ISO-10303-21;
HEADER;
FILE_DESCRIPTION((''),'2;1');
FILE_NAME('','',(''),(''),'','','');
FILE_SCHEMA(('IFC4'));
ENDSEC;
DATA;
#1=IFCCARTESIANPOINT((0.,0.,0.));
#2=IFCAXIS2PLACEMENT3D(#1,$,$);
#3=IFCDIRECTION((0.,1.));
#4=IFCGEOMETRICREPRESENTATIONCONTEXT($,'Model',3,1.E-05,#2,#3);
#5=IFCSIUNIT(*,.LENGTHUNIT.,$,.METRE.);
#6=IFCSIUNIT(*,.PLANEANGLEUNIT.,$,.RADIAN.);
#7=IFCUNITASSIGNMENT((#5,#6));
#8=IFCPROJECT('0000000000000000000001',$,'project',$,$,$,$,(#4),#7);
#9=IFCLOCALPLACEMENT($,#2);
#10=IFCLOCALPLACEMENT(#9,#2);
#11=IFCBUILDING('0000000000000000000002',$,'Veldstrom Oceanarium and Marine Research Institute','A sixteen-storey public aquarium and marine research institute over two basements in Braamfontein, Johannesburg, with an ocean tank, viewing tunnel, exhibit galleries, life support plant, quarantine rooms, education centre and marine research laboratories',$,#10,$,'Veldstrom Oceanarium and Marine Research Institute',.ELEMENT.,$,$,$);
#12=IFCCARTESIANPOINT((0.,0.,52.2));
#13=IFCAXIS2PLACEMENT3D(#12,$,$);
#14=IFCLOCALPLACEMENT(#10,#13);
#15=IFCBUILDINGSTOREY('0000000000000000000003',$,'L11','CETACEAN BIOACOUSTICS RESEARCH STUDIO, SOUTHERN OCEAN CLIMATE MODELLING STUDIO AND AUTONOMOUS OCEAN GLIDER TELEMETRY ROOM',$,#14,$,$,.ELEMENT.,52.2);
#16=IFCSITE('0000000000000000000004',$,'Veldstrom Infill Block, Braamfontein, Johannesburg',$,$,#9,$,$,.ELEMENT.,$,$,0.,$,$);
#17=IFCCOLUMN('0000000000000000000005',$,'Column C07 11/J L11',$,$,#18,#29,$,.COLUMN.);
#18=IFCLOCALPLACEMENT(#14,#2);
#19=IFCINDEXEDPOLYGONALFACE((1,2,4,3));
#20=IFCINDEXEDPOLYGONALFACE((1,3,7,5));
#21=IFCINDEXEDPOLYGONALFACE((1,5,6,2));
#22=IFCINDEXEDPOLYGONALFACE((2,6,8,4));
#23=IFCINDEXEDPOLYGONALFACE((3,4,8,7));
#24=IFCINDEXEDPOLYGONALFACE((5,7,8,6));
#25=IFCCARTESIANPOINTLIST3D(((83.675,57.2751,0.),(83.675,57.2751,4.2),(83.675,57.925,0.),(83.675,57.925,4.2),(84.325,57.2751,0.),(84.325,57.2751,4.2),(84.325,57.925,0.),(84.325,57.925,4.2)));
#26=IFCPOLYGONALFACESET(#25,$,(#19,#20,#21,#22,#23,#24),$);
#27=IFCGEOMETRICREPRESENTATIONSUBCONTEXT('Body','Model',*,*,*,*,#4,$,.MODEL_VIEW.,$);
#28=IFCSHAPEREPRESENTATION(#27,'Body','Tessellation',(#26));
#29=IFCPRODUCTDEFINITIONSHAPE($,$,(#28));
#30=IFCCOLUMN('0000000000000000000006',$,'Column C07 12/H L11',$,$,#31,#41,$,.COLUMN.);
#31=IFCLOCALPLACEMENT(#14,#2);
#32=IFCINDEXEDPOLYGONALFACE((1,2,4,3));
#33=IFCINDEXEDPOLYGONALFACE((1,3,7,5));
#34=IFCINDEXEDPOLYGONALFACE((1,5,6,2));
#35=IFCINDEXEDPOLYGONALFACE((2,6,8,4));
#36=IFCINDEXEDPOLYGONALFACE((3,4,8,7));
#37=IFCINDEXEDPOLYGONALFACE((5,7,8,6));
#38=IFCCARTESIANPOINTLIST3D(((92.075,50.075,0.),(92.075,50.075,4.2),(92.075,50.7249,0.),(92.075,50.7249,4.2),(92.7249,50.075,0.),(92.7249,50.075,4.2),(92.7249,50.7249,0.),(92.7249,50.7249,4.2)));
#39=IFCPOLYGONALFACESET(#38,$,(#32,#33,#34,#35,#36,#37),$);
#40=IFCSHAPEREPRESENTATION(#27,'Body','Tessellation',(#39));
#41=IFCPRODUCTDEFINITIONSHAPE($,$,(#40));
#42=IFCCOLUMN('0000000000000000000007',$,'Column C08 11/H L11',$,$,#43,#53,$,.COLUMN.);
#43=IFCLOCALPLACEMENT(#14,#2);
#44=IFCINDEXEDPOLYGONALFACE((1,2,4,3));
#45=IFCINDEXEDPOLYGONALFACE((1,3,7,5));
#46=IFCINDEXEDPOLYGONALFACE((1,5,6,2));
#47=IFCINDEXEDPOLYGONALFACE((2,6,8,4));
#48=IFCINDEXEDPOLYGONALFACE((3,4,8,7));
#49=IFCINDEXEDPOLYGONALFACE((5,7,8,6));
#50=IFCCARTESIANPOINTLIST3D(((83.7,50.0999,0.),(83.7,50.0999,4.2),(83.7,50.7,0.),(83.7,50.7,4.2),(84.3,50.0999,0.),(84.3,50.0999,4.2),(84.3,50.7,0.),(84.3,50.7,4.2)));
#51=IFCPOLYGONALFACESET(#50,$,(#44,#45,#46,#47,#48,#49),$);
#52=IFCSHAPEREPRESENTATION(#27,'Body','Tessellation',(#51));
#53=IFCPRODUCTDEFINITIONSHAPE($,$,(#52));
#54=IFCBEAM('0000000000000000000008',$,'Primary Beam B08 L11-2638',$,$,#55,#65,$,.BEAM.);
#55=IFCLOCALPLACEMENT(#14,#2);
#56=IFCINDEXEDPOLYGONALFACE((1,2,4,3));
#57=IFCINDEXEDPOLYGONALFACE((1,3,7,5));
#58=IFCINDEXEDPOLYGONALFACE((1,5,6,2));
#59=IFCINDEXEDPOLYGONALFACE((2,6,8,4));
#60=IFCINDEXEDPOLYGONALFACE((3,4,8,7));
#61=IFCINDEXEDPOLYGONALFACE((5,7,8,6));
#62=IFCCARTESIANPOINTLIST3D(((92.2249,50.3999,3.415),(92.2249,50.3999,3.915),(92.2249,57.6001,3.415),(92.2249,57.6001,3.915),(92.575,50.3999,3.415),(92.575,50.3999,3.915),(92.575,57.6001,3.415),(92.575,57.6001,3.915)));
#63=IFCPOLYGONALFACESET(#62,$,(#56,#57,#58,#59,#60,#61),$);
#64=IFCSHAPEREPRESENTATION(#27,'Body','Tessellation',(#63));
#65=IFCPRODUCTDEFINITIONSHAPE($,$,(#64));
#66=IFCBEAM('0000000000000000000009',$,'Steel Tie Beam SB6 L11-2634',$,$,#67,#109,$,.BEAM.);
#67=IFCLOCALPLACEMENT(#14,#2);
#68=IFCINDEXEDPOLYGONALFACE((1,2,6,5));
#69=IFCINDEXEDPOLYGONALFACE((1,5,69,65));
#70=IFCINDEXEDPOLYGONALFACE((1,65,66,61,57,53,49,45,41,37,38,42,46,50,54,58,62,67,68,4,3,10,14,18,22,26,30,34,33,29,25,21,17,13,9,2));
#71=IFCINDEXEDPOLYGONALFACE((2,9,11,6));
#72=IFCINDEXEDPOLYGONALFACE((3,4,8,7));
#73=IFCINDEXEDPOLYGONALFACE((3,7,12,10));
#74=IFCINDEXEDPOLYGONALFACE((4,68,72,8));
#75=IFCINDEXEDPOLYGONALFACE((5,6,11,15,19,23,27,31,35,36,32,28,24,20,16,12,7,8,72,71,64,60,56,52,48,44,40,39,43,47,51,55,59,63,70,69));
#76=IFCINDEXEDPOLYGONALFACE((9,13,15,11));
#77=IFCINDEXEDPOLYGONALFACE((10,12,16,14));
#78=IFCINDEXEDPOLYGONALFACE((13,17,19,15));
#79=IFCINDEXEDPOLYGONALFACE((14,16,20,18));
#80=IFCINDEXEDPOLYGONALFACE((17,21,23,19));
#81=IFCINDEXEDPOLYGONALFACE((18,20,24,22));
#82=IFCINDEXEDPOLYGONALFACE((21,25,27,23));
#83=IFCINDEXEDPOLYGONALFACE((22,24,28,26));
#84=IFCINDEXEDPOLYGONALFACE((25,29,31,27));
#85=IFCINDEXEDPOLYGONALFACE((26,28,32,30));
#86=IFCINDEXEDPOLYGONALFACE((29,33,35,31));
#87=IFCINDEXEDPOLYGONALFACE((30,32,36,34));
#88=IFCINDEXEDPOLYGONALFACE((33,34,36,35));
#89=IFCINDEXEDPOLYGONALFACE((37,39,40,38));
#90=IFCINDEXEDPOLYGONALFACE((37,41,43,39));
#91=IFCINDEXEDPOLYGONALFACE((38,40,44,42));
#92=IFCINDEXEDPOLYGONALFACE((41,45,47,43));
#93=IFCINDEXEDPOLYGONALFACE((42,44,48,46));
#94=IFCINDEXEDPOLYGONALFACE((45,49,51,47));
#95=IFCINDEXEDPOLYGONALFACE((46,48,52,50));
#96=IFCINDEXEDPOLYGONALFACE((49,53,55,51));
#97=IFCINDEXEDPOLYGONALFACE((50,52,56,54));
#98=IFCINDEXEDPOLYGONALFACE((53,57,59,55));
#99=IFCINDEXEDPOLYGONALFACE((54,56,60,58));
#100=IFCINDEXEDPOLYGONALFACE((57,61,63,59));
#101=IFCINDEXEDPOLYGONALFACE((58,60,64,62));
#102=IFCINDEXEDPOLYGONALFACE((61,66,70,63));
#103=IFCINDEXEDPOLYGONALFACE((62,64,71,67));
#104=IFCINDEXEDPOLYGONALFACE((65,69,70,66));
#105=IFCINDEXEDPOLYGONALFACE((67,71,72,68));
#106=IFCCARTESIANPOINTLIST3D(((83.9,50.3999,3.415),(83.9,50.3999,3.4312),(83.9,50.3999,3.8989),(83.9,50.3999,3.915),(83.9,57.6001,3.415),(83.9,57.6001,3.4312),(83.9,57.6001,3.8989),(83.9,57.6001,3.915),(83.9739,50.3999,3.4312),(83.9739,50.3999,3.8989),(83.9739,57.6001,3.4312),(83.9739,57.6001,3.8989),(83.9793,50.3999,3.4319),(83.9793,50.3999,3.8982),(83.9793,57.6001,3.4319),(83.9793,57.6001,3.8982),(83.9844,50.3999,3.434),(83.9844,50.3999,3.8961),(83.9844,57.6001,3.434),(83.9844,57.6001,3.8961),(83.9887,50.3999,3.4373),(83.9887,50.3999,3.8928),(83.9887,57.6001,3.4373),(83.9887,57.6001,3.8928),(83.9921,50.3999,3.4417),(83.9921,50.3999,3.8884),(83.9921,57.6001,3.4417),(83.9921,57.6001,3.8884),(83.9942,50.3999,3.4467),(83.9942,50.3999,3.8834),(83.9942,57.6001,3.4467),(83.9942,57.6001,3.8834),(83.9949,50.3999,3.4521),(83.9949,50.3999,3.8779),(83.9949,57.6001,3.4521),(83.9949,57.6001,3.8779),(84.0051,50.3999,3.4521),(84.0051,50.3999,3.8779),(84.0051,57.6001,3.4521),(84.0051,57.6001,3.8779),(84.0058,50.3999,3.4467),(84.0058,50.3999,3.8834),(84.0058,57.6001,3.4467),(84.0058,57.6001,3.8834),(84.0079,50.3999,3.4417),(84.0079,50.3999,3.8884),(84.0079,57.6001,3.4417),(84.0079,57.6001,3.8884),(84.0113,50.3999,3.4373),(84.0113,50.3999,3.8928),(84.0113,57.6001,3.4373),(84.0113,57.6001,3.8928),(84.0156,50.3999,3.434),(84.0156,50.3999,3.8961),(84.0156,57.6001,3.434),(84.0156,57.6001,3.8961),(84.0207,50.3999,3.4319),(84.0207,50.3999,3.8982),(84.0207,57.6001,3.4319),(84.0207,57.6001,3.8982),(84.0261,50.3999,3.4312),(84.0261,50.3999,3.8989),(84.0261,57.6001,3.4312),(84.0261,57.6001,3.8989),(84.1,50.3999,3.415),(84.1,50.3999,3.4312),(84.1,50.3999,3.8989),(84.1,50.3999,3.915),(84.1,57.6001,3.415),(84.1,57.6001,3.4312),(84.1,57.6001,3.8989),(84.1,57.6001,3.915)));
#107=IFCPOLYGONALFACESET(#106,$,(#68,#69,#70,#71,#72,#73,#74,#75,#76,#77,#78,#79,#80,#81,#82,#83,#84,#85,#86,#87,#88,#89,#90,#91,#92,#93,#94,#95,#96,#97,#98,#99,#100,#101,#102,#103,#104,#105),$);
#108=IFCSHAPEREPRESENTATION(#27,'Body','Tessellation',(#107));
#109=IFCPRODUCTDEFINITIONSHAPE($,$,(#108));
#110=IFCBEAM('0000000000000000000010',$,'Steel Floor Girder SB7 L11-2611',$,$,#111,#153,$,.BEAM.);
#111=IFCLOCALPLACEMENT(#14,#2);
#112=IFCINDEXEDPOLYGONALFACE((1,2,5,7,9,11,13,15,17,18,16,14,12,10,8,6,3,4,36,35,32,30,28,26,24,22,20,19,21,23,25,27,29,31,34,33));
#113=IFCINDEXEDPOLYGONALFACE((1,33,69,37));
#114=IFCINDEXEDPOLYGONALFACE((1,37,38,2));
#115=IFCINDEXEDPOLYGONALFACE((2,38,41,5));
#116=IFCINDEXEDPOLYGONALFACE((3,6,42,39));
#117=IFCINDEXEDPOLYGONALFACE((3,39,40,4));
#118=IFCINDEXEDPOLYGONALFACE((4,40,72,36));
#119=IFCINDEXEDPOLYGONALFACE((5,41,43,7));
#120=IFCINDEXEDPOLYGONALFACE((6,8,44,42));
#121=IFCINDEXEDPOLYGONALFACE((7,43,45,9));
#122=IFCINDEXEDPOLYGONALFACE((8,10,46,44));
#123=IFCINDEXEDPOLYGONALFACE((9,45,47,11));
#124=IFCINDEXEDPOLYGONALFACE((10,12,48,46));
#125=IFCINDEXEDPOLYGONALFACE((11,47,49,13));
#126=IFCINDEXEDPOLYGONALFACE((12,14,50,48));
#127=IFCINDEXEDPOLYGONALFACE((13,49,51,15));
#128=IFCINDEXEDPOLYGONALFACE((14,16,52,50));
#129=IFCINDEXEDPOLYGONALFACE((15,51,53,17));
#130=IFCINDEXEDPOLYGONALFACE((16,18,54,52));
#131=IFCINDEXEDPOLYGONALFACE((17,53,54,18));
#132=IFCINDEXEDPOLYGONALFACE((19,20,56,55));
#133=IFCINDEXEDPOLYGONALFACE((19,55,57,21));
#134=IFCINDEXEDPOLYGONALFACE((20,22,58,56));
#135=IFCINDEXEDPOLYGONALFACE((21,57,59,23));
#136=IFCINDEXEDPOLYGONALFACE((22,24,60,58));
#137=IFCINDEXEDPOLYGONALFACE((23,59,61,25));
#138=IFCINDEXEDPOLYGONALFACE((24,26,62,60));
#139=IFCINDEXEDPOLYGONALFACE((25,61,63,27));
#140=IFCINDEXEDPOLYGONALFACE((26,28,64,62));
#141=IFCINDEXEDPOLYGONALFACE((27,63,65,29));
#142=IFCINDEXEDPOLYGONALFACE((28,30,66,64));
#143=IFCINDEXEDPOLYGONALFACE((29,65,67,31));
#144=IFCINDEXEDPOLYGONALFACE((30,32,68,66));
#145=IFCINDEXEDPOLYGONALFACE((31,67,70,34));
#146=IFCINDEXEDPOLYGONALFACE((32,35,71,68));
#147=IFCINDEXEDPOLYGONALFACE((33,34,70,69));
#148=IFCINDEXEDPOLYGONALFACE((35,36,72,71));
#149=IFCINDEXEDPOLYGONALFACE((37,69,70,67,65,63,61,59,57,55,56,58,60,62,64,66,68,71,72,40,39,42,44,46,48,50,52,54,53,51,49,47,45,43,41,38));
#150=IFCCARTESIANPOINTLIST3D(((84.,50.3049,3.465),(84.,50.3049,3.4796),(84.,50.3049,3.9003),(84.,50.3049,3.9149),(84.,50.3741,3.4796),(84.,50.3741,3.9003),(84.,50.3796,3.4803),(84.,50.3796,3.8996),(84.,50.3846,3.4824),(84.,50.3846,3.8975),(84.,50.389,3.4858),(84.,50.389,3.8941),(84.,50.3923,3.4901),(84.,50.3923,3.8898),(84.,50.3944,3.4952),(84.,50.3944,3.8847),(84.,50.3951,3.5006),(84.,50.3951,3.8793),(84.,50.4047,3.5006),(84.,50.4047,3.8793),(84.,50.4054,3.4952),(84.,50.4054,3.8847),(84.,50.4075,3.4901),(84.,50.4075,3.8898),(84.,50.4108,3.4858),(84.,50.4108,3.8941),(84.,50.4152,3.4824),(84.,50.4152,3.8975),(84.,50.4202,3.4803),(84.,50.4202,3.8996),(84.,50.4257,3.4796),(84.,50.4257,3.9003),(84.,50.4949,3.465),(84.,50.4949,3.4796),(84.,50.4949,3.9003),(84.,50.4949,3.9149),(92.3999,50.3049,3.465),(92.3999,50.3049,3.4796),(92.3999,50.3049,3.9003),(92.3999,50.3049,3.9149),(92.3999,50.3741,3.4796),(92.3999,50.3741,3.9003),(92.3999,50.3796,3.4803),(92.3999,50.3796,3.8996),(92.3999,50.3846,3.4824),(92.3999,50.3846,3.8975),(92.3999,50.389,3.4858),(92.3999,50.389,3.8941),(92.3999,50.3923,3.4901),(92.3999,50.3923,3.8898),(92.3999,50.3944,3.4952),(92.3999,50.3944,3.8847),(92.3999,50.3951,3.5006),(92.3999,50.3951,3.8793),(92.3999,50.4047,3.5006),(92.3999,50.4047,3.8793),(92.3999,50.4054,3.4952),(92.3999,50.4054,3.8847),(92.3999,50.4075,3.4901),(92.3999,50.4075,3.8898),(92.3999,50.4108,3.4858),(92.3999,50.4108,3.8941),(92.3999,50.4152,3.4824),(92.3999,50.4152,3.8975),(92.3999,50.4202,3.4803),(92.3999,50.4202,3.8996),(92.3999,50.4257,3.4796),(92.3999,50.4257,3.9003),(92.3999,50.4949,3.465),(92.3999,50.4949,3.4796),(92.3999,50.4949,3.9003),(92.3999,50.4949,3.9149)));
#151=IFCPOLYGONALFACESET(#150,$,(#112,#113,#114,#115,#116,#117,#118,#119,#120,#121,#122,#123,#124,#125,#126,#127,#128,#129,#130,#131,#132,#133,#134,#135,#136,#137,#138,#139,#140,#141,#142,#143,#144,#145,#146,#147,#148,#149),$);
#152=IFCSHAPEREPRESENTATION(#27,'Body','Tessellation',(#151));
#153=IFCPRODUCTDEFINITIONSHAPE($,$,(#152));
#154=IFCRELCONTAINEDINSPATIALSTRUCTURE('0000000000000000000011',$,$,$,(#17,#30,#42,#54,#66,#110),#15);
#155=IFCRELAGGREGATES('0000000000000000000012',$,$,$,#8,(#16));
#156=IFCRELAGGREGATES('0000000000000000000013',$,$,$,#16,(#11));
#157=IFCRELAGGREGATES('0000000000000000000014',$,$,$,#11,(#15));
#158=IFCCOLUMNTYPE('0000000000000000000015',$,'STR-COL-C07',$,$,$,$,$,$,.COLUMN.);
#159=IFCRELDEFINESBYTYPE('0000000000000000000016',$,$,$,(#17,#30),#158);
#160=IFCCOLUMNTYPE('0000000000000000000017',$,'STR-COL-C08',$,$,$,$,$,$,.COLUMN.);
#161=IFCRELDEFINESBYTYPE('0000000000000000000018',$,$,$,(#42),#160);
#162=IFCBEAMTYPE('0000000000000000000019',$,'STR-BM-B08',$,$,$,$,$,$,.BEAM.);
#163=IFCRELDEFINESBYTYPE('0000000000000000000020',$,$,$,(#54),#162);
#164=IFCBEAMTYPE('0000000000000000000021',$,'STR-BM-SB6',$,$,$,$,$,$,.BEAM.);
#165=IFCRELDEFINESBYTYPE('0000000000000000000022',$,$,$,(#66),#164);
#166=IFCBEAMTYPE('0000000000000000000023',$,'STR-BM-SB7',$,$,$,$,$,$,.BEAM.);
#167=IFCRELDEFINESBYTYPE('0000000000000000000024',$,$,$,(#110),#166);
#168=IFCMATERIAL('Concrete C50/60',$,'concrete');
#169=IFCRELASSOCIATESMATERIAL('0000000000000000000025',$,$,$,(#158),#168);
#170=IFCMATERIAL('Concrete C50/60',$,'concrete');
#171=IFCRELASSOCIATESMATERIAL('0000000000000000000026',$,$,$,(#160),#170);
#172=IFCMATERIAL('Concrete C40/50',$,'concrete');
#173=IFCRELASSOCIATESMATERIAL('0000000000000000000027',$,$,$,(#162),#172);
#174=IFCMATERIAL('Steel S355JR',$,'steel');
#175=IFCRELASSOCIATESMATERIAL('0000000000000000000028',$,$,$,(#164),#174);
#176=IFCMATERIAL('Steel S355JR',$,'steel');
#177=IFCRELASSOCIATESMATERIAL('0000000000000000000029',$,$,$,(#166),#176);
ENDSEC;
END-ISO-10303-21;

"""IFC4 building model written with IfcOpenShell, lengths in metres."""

from ifc_helpers import new_model, si_unit, direction, frame, origin, origin_2d, place, context, subcontext, project, spatial, rectangle, i_section, extrude, material, material_profile, profile_set, type_object, element, save


model = new_model("IFC4")

# Units and contexts
model_context = context("Model", 3, precision=1e-05, world=origin(), true_north=direction((0.0, 1.0)))
body_context = subcontext(model_context, "Body", "Model", "MODEL_VIEW")
ifc_project = project(units=[si_unit("LENGTHUNIT", "METRE"), si_unit("PLANEANGLEUNIT", "RADIAN")], contexts=[model_context])

# Site, building, storey
site_placement = place(None, origin())
site = spatial("IfcSite", under=ifc_project, at=site_placement, Name="Veldstrom Infill Block, Braamfontein, Johannesburg", CompositionType="ELEMENT", RefElevation=0.0)
building_placement = place(site_placement, origin())
building = spatial("IfcBuilding", under=site, at=building_placement, Name="Veldstrom Oceanarium and Marine Research Institute", Description="A sixteen-storey public aquarium and marine research institute over two basements in Braamfontein, Johannesburg, with an ocean tank, viewing tunnel, exhibit galleries, life support plant, quarantine rooms, education centre and marine research laboratories", LongName="Veldstrom Oceanarium and Marine Research Institute", CompositionType="ELEMENT")
storey_placement = place(building_placement, frame((0.0, 0.0, 52.2)))
storey = spatial("IfcBuildingStorey", under=building, at=storey_placement, Name="L11", Description="CETACEAN BIOACOUSTICS RESEARCH STUDIO, SOUTHERN OCEAN CLIMATE MODELLING STUDIO AND AUTONOMOUS OCEAN GLIDER TELEMETRY ROOM", CompositionType="ELEMENT", Elevation=52.2)

# Columns
ifc_material_1 = material(Name="Concrete C50/60", Category="concrete")
ifc_material_profile_1 = material_profile(ifc_material_1, rectangle(XDim=0.6499, YDim=0.6499, at=origin_2d()), Name="RC-COL-650x650")
ifc_profile_set_1 = profile_set([ifc_material_profile_1], Name="Concrete C50/60")
column_type_1 = type_object("IfcColumnType", Name="STR-COL-C07", PredefinedType="COLUMN", material=ifc_profile_set_1)
for number, where, z_axis, x_axis, name in (
    (1, (84.0, 57.6001, 0.0), (0.0, 0.0, 1.0), (1.0, 0.0, 0.0), "Column C07 11/J L11"),
    (2, (92.3999, 50.3999, 0.0), (0.0, 0.0, 1.0), (1.0, 0.0, 0.0), "Column C07 12/H L11"),
):
    element("IfcColumn", number, at=place(storey_placement, frame(where, z_axis=z_axis, x_axis=x_axis)), inside=storey, type_object=column_type_1, Name=name, PredefinedType="COLUMN", context=body_context, shape_type="SweptSolid", body=[
        extrude(rectangle(XDim=0.6499, YDim=0.6499, at=origin_2d()), origin(), (0.0, 0.0, 1.0), 4.2),
    ])
ifc_material_2 = material(Name="Concrete C50/60", Category="concrete")
ifc_material_profile_2 = material_profile(ifc_material_2, rectangle(XDim=0.6001, YDim=0.6001, at=origin_2d()), Name="RC-COL-600x600")
ifc_profile_set_2 = profile_set([ifc_material_profile_2], Name="Concrete C50/60")
column_type_2 = type_object("IfcColumnType", Name="STR-COL-C08", PredefinedType="COLUMN", material=ifc_profile_set_2)
column_placement = place(storey_placement, frame((84.0, 50.3999, 0.0), z_axis=(0.0, 0.0, 1.0), x_axis=(1.0, 0.0, 0.0)))
element("IfcColumn", 3, at=column_placement, inside=storey, type_object=column_type_2, Name="Column C08 11/H L11", PredefinedType="COLUMN", context=body_context, shape_type="SweptSolid", body=[
    extrude(rectangle(XDim=0.6001, YDim=0.6001, at=origin_2d()), origin(), (0.0, 0.0, 1.0), 4.2),
])

# Beams
ifc_material_3 = material(Name="Concrete C40/50", Category="concrete")
ifc_material_profile_3 = material_profile(ifc_material_3, rectangle(XDim=0.3501, YDim=0.5, at=origin_2d()), Name="RC-BM-350x500")
ifc_profile_set_3 = profile_set([ifc_material_profile_3], Name="Concrete C40/50")
beam_type_1 = type_object("IfcBeamType", Name="STR-BM-B08", PredefinedType="BEAM", material=ifc_profile_set_3)
beam_1_placement = place(storey_placement, frame((92.3999, 50.3999, 3.665), z_axis=(0.0, 1.0, 0.0), x_axis=(-1.0, 0.0, 0.0)))
element("IfcBeam", 4, at=beam_1_placement, inside=storey, type_object=beam_type_1, Name="Primary Beam B08 L11-2638", PredefinedType="BEAM", context=body_context, shape_type="SweptSolid", body=[
    extrude(rectangle(XDim=0.3501, YDim=0.5, at=origin_2d()), origin(), (0.0, 0.0, 1.0), 7.2002),
])
ifc_material_4 = material(Name="Steel S355JR", Category="steel")
ifc_material_profile_4 = material_profile(ifc_material_4, i_section(OverallWidth=0.2, OverallDepth=0.5, WebThickness=0.0103, FlangeThickness=0.0161, FilletRadius=0.021, at=origin_2d()), Name="IPE 500")
ifc_profile_set_4 = profile_set([ifc_material_profile_4], Name="Steel S355JR")
beam_type_2 = type_object("IfcBeamType", Name="STR-BM-SB6", PredefinedType="BEAM", material=ifc_profile_set_4)
beam_2_placement = place(storey_placement, frame((84.0, 50.3999, 3.665), z_axis=(0.0, 1.0, 0.0), x_axis=(-1.0, 0.0, 0.0)))
element("IfcBeam", 5, at=beam_2_placement, inside=storey, type_object=beam_type_2, Name="Steel Tie Beam SB6 L11-2634", PredefinedType="BEAM", context=body_context, shape_type="SweptSolid", body=[
    extrude(i_section(OverallWidth=0.2, OverallDepth=0.5, WebThickness=0.0103, FlangeThickness=0.0161, FilletRadius=0.021, at=origin_2d()), origin(), (0.0, 0.0, 1.0), 7.2002),
])
ifc_material_5 = material(Name="Steel S355JR", Category="steel")
ifc_material_profile_5 = material_profile(ifc_material_5, i_section(OverallWidth=0.1899, OverallDepth=0.45, WebThickness=0.0095, FlangeThickness=0.0146, FilletRadius=0.021, at=origin_2d()), Name="IPE 450")
ifc_profile_set_5 = profile_set([ifc_material_profile_5], Name="Steel S355JR")
beam_type_3 = type_object("IfcBeamType", Name="STR-BM-SB7", PredefinedType="BEAM", material=ifc_profile_set_5)
for number, where, z_axis, x_axis, name in (
    (6, (84.0, 50.3999, 3.6899), (1.0, 0.0, 0.0), (0.0, 1.0, 0.0), "Steel Floor Girder SB7 L11-2611"),
):
    element("IfcBeam", number, at=place(storey_placement, frame(where, z_axis=z_axis, x_axis=x_axis)), inside=storey, type_object=beam_type_3, Name=name, PredefinedType="BEAM", context=body_context, shape_type="SweptSolid", body=[
        extrude(i_section(OverallWidth=0.1899, OverallDepth=0.45, WebThickness=0.0095, FlangeThickness=0.0146, FilletRadius=0.021, at=origin_2d()), origin(), (0.0, 0.0, 1.0), 8.3999),
    ])

save(model, "model.ifc")
